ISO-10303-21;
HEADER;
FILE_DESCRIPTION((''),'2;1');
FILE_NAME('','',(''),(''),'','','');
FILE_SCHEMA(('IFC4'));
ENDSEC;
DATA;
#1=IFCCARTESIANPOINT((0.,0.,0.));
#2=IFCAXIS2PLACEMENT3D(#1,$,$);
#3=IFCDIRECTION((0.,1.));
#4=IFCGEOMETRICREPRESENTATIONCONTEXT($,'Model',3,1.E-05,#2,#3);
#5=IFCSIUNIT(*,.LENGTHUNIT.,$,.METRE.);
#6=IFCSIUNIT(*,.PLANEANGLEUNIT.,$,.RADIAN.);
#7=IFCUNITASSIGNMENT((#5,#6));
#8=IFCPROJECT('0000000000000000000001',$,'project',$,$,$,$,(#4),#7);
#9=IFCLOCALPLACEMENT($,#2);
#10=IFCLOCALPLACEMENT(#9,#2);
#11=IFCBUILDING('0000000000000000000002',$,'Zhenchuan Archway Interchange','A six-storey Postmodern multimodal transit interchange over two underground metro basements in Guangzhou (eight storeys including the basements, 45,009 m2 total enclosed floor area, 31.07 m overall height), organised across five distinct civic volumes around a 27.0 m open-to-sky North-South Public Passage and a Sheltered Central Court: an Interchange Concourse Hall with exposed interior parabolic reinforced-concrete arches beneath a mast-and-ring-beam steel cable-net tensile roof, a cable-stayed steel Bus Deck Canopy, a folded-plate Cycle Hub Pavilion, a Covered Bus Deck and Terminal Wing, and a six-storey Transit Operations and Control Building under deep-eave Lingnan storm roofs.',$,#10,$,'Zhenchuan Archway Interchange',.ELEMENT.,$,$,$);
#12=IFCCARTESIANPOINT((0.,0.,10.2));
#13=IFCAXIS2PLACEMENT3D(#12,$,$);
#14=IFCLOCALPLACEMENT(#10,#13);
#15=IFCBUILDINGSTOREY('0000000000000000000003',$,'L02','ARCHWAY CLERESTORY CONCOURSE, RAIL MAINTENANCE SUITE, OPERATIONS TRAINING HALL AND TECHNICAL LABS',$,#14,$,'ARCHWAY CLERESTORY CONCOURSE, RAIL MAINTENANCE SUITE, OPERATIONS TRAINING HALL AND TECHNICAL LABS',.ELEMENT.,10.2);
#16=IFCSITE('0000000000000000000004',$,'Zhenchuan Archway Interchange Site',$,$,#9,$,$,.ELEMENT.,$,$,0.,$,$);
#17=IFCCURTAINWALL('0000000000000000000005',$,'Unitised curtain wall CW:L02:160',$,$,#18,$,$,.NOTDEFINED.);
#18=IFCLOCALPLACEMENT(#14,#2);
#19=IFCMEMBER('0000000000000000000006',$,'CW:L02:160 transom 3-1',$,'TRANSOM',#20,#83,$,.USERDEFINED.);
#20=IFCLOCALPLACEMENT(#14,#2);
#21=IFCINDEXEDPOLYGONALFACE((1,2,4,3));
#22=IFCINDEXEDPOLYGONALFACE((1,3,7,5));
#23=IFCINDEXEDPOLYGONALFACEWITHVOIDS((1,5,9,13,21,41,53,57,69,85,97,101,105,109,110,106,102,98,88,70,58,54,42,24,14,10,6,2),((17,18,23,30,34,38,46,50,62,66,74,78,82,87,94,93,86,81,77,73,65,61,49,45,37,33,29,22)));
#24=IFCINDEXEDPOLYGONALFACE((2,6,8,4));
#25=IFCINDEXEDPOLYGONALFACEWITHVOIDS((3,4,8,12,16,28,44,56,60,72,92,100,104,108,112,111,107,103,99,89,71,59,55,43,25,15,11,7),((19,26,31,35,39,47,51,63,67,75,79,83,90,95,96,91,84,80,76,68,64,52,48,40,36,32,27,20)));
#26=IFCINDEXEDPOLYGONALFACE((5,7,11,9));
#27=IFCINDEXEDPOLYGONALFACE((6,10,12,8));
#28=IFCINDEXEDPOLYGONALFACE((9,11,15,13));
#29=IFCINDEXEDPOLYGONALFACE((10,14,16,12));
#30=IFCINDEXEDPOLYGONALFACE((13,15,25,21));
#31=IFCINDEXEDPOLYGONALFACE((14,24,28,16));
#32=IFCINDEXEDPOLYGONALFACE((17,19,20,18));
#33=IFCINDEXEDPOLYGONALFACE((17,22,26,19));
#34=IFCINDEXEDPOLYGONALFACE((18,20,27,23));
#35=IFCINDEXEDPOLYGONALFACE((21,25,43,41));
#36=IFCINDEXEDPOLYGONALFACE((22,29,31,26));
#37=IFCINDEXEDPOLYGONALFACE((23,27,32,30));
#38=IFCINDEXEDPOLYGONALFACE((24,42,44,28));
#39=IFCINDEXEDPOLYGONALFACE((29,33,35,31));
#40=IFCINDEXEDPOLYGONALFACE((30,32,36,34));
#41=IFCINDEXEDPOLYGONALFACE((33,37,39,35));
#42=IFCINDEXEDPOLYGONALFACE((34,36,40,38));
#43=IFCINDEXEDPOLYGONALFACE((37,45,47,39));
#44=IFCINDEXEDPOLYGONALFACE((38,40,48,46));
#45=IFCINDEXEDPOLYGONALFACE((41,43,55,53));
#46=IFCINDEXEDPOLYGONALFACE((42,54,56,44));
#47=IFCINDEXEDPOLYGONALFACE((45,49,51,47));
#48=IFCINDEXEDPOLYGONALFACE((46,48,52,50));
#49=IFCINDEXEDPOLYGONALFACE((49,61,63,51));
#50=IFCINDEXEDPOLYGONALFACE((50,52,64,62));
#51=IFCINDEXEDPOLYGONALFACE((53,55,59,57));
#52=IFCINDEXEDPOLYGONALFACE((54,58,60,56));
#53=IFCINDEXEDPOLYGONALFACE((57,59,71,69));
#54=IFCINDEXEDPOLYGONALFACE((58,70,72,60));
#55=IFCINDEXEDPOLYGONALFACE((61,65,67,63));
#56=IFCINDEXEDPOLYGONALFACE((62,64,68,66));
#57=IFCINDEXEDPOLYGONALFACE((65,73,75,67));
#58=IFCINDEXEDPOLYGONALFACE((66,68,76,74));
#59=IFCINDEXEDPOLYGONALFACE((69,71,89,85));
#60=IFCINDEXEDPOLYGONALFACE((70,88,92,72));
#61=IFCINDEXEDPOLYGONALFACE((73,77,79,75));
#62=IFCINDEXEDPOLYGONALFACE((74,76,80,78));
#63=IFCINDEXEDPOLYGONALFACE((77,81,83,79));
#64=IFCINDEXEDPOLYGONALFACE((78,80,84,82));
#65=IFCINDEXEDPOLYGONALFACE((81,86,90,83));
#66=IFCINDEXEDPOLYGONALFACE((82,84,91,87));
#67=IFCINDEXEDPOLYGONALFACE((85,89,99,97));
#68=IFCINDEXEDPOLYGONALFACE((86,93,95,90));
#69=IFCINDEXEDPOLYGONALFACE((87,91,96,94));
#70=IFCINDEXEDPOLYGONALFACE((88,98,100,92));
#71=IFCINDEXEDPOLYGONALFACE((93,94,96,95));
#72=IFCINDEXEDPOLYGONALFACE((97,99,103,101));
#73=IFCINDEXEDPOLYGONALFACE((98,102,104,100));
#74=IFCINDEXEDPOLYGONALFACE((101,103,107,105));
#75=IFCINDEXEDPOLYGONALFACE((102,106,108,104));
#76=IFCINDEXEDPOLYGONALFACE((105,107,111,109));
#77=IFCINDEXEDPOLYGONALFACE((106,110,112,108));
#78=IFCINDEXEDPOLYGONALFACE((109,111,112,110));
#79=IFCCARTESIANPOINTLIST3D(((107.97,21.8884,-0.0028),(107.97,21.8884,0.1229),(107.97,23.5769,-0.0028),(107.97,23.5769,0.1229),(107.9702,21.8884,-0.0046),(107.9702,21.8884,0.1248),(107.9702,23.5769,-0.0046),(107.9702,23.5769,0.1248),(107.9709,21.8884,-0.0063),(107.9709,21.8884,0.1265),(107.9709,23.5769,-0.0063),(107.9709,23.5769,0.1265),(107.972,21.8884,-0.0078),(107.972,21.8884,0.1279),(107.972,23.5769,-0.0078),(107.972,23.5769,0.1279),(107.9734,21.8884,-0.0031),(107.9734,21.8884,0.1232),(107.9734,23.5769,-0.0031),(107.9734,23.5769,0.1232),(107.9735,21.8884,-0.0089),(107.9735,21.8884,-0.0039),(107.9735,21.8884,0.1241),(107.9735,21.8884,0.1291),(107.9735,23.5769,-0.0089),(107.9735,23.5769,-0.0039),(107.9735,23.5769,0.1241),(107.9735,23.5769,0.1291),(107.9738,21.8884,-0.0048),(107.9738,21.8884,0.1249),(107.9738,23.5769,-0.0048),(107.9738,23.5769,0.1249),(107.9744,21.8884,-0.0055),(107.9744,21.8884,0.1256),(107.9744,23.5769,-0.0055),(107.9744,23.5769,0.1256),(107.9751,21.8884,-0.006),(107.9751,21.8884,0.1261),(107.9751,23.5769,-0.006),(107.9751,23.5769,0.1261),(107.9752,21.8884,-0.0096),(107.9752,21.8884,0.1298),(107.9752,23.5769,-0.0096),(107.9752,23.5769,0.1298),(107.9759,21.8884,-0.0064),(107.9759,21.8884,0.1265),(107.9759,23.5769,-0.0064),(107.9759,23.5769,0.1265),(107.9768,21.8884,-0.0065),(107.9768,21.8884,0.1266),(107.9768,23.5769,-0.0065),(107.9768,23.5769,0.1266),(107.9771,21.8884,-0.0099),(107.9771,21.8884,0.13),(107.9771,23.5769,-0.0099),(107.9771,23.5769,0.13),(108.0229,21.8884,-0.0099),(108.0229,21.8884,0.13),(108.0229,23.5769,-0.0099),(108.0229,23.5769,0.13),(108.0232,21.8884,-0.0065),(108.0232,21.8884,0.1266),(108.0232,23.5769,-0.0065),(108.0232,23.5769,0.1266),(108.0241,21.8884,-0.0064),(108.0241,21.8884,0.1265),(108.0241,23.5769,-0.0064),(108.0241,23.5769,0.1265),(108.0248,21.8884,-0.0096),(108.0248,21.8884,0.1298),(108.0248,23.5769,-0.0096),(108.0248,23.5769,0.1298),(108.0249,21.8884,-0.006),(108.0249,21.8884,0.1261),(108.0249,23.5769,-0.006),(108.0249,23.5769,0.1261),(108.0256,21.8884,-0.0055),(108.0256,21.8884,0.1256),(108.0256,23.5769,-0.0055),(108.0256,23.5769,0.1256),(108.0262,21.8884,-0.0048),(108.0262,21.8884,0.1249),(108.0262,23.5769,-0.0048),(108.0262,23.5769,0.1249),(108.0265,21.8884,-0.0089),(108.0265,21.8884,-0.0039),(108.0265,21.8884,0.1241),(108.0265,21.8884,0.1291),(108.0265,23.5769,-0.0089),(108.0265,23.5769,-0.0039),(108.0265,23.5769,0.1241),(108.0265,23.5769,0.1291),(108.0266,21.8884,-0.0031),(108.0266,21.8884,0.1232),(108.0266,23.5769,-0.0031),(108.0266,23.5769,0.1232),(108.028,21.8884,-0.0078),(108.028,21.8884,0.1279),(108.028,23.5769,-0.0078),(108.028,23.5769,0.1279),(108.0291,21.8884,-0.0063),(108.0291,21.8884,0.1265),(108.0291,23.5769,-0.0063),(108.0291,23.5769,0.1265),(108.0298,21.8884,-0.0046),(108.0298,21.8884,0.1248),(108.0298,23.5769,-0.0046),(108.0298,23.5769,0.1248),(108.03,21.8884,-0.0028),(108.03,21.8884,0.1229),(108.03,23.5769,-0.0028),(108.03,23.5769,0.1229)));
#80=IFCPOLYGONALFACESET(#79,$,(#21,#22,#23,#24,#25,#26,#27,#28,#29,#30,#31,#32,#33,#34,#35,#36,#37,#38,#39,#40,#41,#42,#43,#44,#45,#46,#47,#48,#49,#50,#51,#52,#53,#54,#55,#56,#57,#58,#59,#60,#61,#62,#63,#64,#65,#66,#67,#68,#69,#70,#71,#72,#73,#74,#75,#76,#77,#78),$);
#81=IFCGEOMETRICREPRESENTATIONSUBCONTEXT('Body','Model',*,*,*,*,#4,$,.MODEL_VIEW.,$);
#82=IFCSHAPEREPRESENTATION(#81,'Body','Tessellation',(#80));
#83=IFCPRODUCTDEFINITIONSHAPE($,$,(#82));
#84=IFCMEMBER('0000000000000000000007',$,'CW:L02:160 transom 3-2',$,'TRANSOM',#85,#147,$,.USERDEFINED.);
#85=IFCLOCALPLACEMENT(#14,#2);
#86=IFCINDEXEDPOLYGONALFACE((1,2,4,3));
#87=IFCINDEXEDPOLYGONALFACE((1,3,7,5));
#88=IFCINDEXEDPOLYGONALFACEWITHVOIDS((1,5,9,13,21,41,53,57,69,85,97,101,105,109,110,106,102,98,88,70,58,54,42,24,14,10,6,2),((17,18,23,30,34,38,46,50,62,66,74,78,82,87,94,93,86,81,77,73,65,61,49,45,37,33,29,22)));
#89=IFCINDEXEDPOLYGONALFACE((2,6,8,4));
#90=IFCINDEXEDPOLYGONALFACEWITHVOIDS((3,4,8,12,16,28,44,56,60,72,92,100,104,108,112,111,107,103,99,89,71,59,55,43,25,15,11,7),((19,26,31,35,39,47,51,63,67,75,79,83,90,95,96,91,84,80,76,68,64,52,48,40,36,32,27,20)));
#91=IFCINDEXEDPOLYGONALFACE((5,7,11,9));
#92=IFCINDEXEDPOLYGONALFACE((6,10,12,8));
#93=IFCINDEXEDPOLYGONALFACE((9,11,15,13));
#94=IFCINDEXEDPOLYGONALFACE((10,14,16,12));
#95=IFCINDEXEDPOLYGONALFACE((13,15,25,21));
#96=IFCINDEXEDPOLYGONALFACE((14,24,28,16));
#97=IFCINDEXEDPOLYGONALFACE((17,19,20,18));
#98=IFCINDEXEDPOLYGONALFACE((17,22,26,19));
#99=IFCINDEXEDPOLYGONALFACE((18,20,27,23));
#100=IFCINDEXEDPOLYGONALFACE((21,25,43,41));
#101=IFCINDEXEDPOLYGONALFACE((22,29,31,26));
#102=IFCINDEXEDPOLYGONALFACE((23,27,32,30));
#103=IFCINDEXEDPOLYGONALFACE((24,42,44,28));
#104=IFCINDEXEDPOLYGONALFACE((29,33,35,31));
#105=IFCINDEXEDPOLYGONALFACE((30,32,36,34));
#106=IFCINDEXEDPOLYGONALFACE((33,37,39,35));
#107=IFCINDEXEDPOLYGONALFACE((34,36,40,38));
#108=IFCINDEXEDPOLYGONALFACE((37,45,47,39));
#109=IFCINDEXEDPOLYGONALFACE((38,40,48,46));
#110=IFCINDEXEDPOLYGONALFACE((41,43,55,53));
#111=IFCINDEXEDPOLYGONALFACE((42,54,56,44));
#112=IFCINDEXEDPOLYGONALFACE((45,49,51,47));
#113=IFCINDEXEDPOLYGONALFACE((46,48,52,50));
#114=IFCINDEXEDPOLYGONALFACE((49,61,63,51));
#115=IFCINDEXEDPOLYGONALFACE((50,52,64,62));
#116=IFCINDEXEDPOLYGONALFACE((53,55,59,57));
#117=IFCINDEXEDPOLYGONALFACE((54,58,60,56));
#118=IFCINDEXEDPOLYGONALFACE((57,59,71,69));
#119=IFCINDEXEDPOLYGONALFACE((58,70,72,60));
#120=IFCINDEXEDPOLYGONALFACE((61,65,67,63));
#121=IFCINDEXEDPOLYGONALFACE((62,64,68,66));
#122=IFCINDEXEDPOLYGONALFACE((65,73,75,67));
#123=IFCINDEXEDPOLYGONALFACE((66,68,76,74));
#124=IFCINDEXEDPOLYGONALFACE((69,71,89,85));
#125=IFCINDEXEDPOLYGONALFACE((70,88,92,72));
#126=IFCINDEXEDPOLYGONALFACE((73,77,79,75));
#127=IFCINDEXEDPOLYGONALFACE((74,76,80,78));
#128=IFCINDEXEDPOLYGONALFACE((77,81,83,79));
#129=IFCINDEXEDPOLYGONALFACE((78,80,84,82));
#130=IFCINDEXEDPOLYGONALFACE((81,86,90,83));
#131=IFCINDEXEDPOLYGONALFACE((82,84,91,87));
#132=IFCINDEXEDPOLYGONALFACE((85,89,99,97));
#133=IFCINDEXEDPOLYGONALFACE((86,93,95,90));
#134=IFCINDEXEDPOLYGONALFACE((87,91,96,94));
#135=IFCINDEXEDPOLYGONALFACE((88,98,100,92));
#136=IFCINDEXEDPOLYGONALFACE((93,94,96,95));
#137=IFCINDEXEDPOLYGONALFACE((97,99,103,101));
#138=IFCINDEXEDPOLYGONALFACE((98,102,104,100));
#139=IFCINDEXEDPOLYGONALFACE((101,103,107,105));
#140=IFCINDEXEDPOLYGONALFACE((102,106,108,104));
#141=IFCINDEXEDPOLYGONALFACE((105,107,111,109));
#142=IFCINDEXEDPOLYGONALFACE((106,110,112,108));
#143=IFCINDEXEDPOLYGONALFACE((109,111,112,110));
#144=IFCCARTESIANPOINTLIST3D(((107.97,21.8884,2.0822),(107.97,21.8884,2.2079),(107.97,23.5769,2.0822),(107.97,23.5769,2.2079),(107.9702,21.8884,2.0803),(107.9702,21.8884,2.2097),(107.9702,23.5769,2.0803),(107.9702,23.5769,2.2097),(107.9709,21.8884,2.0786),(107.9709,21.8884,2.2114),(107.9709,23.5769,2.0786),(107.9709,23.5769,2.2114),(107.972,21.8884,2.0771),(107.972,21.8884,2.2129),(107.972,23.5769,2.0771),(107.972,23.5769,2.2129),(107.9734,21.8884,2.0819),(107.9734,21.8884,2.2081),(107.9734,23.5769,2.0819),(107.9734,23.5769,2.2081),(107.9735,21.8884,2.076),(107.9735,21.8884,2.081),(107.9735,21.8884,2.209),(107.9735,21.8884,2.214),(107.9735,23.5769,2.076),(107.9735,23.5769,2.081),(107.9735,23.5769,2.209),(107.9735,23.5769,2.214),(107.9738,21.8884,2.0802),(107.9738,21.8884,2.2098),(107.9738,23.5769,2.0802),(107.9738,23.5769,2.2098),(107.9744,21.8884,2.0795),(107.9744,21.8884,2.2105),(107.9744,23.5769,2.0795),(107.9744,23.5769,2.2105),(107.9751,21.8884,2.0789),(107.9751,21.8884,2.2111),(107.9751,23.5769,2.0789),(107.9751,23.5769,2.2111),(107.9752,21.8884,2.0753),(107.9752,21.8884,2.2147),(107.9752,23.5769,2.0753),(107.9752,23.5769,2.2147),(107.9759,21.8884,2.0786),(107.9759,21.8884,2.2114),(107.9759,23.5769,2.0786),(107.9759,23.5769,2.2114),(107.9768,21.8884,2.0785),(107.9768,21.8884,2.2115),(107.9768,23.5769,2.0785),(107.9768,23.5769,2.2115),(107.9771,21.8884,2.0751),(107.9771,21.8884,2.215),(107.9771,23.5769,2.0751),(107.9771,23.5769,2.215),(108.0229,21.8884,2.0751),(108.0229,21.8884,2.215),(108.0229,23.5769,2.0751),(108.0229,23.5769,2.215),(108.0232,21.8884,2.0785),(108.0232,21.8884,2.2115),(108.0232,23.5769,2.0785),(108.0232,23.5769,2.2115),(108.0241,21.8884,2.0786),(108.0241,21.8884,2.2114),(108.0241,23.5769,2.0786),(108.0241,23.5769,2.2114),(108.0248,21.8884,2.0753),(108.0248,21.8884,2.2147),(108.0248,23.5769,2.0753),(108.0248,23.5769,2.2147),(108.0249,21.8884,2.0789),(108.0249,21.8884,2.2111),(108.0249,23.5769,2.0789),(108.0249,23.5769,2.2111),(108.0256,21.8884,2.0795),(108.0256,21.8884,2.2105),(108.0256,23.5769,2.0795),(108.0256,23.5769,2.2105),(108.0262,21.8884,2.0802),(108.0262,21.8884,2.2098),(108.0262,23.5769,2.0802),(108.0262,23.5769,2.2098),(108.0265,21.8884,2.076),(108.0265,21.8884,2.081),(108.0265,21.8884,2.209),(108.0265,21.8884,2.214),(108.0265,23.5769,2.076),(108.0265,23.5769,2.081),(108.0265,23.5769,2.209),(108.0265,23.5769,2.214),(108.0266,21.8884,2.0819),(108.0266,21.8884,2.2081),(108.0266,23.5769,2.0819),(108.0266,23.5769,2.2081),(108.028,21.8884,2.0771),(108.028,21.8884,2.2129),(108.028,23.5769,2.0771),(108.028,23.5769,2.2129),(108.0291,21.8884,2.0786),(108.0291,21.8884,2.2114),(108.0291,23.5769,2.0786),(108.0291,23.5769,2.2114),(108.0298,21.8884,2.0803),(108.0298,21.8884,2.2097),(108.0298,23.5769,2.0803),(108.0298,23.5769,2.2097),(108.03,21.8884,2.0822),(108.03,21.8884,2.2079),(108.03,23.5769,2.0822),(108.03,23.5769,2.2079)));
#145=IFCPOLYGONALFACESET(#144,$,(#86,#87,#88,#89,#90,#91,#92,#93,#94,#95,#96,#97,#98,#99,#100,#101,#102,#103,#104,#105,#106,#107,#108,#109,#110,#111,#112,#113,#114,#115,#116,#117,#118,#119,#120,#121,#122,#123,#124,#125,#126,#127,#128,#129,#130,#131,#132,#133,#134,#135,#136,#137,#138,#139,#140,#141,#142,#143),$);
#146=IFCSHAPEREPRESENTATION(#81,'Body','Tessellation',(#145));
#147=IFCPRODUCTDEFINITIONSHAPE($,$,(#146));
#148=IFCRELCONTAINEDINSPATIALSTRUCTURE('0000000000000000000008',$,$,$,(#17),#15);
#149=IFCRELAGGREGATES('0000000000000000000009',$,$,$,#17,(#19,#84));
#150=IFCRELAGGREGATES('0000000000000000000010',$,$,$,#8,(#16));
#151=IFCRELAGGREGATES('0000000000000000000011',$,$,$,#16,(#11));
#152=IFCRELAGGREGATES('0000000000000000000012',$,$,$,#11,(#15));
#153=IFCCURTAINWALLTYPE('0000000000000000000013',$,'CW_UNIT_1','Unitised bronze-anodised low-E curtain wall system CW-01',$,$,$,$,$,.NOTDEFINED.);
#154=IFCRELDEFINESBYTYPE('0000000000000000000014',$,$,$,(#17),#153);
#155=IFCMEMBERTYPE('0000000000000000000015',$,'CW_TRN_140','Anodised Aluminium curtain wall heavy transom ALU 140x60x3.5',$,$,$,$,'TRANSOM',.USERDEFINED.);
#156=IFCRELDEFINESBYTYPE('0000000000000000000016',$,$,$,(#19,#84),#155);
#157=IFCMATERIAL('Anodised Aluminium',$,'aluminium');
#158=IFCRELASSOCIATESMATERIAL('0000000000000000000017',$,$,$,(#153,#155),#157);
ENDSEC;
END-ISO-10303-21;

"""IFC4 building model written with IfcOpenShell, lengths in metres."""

from ifc_helpers import new_model, si_unit, direction, frame, origin, origin_2d, place, context, subcontext, project, spatial, hollow_rectangle, extrude, material, material_profile, profile_set, type_object, element, aggregate, save


model = new_model("IFC4")

# Units and contexts
model_context = context("Model", 3, precision=1e-05, world=origin(), true_north=direction((0.0, 1.0)))
body_context = subcontext(model_context, "Body", "Model", "MODEL_VIEW")
ifc_project = project(units=[si_unit("LENGTHUNIT", "METRE"), si_unit("PLANEANGLEUNIT", "RADIAN")], contexts=[model_context])

# Site, building, storey
site_placement = place(None, origin())
site = spatial("IfcSite", under=ifc_project, at=site_placement, Name="Zhenchuan Archway Interchange Site", CompositionType="ELEMENT", RefElevation=0.0)
building_placement = place(site_placement, origin())
building = spatial("IfcBuilding", under=site, at=building_placement, Name="Zhenchuan Archway Interchange", Description="A six-storey Postmodern multimodal transit interchange over two underground metro basements in Guangzhou (eight storeys including the basements, 45,009 m2 total enclosed floor area, 31.07 m overall height), organised across five distinct civic volumes around a 27.0 m open-to-sky North-South Public Passage and a Sheltered Central Court: an Interchange Concourse Hall with exposed interior parabolic reinforced-concrete arches beneath a mast-and-ring-beam steel cable-net tensile roof, a cable-stayed steel Bus Deck Canopy, a folded-plate Cycle Hub Pavilion, a Covered Bus Deck and Terminal Wing, and a six-storey Transit Operations and Control Building under deep-eave Lingnan storm roofs.", LongName="Zhenchuan Archway Interchange", CompositionType="ELEMENT")
storey_placement = place(building_placement, frame((0.0, 0.0, 10.2)))
storey = spatial("IfcBuildingStorey", under=building, at=storey_placement, Name="L02", Description="ARCHWAY CLERESTORY CONCOURSE, RAIL MAINTENANCE SUITE, OPERATIONS TRAINING HALL AND TECHNICAL LABS", LongName="ARCHWAY CLERESTORY CONCOURSE, RAIL MAINTENANCE SUITE, OPERATIONS TRAINING HALL AND TECHNICAL LABS", CompositionType="ELEMENT", Elevation=10.2)

# Curtain wall, members
ifc_material_1 = material(Name="Anodised Aluminium", Category="aluminium")
curtain_wall_type = type_object("IfcCurtainWallType", Name="CW_UNIT_1", Description="Unitised bronze-anodised low-E curtain wall system CW-01", PredefinedType="NOTDEFINED", material=ifc_material_1)
curtain_wall_placement = place(storey_placement, origin())
curtain_wall = element("IfcCurtainWall", 1, at=curtain_wall_placement, inside=storey, type_object=curtain_wall_type, Name="Unitised curtain wall CW:L02:160", PredefinedType="NOTDEFINED")
ifc_material_profile_1 = material_profile(ifc_material_1, hollow_rectangle(XDim=0.0601, YDim=0.1399, WallThickness=0.0034, InnerFilletRadius=0.0034, OuterFilletRadius=0.0071, at=origin_2d()), Name="ALU 140x60x3.5")
ifc_profile_set_1 = profile_set([ifc_material_profile_1], Name="Anodised Aluminium")
member_type_1 = type_object("IfcMemberType", Name="CW_TRN_140", Description="Anodised Aluminium curtain wall heavy transom ALU 140x60x3.5", ElementType="TRANSOM", PredefinedType="USERDEFINED", material=ifc_profile_set_1)
member_1_placement = place(storey_placement, frame((108.0, 21.8884, 0.0601), z_axis=(0.0, 1.0, 0.0), x_axis=(-1.0, 0.0, 0.0)))
member_1 = element("IfcMember", 2, at=member_1_placement, type_object=member_type_1, Name="CW:L02:160 transom 3-1", ObjectType="TRANSOM", PredefinedType="USERDEFINED", context=body_context, shape_type="SweptSolid", body=[
    extrude(hollow_rectangle(XDim=0.0601, YDim=0.1399, WallThickness=0.0034, InnerFilletRadius=0.0034, OuterFilletRadius=0.0071, at=origin_2d()), origin(), (0.0, 0.0, 1.0), 1.6885),
])
member_2_placement = place(storey_placement, frame((108.0, 21.8884, 2.145), z_axis=(0.0, 1.0, 0.0), x_axis=(-1.0, 0.0, 0.0)))
member_2 = element("IfcMember", 3, at=member_2_placement, type_object=member_type_1, Name="CW:L02:160 transom 3-2", ObjectType="TRANSOM", PredefinedType="USERDEFINED", context=body_context, shape_type="SweptSolid", body=[
    extrude(hollow_rectangle(XDim=0.0601, YDim=0.1399, WallThickness=0.0034, InnerFilletRadius=0.0034, OuterFilletRadius=0.0071, at=origin_2d()), origin(), (0.0, 0.0, 1.0), 1.6885),
])

aggregate(curtain_wall, [member_1, member_2])

save(model, "model.ifc")
